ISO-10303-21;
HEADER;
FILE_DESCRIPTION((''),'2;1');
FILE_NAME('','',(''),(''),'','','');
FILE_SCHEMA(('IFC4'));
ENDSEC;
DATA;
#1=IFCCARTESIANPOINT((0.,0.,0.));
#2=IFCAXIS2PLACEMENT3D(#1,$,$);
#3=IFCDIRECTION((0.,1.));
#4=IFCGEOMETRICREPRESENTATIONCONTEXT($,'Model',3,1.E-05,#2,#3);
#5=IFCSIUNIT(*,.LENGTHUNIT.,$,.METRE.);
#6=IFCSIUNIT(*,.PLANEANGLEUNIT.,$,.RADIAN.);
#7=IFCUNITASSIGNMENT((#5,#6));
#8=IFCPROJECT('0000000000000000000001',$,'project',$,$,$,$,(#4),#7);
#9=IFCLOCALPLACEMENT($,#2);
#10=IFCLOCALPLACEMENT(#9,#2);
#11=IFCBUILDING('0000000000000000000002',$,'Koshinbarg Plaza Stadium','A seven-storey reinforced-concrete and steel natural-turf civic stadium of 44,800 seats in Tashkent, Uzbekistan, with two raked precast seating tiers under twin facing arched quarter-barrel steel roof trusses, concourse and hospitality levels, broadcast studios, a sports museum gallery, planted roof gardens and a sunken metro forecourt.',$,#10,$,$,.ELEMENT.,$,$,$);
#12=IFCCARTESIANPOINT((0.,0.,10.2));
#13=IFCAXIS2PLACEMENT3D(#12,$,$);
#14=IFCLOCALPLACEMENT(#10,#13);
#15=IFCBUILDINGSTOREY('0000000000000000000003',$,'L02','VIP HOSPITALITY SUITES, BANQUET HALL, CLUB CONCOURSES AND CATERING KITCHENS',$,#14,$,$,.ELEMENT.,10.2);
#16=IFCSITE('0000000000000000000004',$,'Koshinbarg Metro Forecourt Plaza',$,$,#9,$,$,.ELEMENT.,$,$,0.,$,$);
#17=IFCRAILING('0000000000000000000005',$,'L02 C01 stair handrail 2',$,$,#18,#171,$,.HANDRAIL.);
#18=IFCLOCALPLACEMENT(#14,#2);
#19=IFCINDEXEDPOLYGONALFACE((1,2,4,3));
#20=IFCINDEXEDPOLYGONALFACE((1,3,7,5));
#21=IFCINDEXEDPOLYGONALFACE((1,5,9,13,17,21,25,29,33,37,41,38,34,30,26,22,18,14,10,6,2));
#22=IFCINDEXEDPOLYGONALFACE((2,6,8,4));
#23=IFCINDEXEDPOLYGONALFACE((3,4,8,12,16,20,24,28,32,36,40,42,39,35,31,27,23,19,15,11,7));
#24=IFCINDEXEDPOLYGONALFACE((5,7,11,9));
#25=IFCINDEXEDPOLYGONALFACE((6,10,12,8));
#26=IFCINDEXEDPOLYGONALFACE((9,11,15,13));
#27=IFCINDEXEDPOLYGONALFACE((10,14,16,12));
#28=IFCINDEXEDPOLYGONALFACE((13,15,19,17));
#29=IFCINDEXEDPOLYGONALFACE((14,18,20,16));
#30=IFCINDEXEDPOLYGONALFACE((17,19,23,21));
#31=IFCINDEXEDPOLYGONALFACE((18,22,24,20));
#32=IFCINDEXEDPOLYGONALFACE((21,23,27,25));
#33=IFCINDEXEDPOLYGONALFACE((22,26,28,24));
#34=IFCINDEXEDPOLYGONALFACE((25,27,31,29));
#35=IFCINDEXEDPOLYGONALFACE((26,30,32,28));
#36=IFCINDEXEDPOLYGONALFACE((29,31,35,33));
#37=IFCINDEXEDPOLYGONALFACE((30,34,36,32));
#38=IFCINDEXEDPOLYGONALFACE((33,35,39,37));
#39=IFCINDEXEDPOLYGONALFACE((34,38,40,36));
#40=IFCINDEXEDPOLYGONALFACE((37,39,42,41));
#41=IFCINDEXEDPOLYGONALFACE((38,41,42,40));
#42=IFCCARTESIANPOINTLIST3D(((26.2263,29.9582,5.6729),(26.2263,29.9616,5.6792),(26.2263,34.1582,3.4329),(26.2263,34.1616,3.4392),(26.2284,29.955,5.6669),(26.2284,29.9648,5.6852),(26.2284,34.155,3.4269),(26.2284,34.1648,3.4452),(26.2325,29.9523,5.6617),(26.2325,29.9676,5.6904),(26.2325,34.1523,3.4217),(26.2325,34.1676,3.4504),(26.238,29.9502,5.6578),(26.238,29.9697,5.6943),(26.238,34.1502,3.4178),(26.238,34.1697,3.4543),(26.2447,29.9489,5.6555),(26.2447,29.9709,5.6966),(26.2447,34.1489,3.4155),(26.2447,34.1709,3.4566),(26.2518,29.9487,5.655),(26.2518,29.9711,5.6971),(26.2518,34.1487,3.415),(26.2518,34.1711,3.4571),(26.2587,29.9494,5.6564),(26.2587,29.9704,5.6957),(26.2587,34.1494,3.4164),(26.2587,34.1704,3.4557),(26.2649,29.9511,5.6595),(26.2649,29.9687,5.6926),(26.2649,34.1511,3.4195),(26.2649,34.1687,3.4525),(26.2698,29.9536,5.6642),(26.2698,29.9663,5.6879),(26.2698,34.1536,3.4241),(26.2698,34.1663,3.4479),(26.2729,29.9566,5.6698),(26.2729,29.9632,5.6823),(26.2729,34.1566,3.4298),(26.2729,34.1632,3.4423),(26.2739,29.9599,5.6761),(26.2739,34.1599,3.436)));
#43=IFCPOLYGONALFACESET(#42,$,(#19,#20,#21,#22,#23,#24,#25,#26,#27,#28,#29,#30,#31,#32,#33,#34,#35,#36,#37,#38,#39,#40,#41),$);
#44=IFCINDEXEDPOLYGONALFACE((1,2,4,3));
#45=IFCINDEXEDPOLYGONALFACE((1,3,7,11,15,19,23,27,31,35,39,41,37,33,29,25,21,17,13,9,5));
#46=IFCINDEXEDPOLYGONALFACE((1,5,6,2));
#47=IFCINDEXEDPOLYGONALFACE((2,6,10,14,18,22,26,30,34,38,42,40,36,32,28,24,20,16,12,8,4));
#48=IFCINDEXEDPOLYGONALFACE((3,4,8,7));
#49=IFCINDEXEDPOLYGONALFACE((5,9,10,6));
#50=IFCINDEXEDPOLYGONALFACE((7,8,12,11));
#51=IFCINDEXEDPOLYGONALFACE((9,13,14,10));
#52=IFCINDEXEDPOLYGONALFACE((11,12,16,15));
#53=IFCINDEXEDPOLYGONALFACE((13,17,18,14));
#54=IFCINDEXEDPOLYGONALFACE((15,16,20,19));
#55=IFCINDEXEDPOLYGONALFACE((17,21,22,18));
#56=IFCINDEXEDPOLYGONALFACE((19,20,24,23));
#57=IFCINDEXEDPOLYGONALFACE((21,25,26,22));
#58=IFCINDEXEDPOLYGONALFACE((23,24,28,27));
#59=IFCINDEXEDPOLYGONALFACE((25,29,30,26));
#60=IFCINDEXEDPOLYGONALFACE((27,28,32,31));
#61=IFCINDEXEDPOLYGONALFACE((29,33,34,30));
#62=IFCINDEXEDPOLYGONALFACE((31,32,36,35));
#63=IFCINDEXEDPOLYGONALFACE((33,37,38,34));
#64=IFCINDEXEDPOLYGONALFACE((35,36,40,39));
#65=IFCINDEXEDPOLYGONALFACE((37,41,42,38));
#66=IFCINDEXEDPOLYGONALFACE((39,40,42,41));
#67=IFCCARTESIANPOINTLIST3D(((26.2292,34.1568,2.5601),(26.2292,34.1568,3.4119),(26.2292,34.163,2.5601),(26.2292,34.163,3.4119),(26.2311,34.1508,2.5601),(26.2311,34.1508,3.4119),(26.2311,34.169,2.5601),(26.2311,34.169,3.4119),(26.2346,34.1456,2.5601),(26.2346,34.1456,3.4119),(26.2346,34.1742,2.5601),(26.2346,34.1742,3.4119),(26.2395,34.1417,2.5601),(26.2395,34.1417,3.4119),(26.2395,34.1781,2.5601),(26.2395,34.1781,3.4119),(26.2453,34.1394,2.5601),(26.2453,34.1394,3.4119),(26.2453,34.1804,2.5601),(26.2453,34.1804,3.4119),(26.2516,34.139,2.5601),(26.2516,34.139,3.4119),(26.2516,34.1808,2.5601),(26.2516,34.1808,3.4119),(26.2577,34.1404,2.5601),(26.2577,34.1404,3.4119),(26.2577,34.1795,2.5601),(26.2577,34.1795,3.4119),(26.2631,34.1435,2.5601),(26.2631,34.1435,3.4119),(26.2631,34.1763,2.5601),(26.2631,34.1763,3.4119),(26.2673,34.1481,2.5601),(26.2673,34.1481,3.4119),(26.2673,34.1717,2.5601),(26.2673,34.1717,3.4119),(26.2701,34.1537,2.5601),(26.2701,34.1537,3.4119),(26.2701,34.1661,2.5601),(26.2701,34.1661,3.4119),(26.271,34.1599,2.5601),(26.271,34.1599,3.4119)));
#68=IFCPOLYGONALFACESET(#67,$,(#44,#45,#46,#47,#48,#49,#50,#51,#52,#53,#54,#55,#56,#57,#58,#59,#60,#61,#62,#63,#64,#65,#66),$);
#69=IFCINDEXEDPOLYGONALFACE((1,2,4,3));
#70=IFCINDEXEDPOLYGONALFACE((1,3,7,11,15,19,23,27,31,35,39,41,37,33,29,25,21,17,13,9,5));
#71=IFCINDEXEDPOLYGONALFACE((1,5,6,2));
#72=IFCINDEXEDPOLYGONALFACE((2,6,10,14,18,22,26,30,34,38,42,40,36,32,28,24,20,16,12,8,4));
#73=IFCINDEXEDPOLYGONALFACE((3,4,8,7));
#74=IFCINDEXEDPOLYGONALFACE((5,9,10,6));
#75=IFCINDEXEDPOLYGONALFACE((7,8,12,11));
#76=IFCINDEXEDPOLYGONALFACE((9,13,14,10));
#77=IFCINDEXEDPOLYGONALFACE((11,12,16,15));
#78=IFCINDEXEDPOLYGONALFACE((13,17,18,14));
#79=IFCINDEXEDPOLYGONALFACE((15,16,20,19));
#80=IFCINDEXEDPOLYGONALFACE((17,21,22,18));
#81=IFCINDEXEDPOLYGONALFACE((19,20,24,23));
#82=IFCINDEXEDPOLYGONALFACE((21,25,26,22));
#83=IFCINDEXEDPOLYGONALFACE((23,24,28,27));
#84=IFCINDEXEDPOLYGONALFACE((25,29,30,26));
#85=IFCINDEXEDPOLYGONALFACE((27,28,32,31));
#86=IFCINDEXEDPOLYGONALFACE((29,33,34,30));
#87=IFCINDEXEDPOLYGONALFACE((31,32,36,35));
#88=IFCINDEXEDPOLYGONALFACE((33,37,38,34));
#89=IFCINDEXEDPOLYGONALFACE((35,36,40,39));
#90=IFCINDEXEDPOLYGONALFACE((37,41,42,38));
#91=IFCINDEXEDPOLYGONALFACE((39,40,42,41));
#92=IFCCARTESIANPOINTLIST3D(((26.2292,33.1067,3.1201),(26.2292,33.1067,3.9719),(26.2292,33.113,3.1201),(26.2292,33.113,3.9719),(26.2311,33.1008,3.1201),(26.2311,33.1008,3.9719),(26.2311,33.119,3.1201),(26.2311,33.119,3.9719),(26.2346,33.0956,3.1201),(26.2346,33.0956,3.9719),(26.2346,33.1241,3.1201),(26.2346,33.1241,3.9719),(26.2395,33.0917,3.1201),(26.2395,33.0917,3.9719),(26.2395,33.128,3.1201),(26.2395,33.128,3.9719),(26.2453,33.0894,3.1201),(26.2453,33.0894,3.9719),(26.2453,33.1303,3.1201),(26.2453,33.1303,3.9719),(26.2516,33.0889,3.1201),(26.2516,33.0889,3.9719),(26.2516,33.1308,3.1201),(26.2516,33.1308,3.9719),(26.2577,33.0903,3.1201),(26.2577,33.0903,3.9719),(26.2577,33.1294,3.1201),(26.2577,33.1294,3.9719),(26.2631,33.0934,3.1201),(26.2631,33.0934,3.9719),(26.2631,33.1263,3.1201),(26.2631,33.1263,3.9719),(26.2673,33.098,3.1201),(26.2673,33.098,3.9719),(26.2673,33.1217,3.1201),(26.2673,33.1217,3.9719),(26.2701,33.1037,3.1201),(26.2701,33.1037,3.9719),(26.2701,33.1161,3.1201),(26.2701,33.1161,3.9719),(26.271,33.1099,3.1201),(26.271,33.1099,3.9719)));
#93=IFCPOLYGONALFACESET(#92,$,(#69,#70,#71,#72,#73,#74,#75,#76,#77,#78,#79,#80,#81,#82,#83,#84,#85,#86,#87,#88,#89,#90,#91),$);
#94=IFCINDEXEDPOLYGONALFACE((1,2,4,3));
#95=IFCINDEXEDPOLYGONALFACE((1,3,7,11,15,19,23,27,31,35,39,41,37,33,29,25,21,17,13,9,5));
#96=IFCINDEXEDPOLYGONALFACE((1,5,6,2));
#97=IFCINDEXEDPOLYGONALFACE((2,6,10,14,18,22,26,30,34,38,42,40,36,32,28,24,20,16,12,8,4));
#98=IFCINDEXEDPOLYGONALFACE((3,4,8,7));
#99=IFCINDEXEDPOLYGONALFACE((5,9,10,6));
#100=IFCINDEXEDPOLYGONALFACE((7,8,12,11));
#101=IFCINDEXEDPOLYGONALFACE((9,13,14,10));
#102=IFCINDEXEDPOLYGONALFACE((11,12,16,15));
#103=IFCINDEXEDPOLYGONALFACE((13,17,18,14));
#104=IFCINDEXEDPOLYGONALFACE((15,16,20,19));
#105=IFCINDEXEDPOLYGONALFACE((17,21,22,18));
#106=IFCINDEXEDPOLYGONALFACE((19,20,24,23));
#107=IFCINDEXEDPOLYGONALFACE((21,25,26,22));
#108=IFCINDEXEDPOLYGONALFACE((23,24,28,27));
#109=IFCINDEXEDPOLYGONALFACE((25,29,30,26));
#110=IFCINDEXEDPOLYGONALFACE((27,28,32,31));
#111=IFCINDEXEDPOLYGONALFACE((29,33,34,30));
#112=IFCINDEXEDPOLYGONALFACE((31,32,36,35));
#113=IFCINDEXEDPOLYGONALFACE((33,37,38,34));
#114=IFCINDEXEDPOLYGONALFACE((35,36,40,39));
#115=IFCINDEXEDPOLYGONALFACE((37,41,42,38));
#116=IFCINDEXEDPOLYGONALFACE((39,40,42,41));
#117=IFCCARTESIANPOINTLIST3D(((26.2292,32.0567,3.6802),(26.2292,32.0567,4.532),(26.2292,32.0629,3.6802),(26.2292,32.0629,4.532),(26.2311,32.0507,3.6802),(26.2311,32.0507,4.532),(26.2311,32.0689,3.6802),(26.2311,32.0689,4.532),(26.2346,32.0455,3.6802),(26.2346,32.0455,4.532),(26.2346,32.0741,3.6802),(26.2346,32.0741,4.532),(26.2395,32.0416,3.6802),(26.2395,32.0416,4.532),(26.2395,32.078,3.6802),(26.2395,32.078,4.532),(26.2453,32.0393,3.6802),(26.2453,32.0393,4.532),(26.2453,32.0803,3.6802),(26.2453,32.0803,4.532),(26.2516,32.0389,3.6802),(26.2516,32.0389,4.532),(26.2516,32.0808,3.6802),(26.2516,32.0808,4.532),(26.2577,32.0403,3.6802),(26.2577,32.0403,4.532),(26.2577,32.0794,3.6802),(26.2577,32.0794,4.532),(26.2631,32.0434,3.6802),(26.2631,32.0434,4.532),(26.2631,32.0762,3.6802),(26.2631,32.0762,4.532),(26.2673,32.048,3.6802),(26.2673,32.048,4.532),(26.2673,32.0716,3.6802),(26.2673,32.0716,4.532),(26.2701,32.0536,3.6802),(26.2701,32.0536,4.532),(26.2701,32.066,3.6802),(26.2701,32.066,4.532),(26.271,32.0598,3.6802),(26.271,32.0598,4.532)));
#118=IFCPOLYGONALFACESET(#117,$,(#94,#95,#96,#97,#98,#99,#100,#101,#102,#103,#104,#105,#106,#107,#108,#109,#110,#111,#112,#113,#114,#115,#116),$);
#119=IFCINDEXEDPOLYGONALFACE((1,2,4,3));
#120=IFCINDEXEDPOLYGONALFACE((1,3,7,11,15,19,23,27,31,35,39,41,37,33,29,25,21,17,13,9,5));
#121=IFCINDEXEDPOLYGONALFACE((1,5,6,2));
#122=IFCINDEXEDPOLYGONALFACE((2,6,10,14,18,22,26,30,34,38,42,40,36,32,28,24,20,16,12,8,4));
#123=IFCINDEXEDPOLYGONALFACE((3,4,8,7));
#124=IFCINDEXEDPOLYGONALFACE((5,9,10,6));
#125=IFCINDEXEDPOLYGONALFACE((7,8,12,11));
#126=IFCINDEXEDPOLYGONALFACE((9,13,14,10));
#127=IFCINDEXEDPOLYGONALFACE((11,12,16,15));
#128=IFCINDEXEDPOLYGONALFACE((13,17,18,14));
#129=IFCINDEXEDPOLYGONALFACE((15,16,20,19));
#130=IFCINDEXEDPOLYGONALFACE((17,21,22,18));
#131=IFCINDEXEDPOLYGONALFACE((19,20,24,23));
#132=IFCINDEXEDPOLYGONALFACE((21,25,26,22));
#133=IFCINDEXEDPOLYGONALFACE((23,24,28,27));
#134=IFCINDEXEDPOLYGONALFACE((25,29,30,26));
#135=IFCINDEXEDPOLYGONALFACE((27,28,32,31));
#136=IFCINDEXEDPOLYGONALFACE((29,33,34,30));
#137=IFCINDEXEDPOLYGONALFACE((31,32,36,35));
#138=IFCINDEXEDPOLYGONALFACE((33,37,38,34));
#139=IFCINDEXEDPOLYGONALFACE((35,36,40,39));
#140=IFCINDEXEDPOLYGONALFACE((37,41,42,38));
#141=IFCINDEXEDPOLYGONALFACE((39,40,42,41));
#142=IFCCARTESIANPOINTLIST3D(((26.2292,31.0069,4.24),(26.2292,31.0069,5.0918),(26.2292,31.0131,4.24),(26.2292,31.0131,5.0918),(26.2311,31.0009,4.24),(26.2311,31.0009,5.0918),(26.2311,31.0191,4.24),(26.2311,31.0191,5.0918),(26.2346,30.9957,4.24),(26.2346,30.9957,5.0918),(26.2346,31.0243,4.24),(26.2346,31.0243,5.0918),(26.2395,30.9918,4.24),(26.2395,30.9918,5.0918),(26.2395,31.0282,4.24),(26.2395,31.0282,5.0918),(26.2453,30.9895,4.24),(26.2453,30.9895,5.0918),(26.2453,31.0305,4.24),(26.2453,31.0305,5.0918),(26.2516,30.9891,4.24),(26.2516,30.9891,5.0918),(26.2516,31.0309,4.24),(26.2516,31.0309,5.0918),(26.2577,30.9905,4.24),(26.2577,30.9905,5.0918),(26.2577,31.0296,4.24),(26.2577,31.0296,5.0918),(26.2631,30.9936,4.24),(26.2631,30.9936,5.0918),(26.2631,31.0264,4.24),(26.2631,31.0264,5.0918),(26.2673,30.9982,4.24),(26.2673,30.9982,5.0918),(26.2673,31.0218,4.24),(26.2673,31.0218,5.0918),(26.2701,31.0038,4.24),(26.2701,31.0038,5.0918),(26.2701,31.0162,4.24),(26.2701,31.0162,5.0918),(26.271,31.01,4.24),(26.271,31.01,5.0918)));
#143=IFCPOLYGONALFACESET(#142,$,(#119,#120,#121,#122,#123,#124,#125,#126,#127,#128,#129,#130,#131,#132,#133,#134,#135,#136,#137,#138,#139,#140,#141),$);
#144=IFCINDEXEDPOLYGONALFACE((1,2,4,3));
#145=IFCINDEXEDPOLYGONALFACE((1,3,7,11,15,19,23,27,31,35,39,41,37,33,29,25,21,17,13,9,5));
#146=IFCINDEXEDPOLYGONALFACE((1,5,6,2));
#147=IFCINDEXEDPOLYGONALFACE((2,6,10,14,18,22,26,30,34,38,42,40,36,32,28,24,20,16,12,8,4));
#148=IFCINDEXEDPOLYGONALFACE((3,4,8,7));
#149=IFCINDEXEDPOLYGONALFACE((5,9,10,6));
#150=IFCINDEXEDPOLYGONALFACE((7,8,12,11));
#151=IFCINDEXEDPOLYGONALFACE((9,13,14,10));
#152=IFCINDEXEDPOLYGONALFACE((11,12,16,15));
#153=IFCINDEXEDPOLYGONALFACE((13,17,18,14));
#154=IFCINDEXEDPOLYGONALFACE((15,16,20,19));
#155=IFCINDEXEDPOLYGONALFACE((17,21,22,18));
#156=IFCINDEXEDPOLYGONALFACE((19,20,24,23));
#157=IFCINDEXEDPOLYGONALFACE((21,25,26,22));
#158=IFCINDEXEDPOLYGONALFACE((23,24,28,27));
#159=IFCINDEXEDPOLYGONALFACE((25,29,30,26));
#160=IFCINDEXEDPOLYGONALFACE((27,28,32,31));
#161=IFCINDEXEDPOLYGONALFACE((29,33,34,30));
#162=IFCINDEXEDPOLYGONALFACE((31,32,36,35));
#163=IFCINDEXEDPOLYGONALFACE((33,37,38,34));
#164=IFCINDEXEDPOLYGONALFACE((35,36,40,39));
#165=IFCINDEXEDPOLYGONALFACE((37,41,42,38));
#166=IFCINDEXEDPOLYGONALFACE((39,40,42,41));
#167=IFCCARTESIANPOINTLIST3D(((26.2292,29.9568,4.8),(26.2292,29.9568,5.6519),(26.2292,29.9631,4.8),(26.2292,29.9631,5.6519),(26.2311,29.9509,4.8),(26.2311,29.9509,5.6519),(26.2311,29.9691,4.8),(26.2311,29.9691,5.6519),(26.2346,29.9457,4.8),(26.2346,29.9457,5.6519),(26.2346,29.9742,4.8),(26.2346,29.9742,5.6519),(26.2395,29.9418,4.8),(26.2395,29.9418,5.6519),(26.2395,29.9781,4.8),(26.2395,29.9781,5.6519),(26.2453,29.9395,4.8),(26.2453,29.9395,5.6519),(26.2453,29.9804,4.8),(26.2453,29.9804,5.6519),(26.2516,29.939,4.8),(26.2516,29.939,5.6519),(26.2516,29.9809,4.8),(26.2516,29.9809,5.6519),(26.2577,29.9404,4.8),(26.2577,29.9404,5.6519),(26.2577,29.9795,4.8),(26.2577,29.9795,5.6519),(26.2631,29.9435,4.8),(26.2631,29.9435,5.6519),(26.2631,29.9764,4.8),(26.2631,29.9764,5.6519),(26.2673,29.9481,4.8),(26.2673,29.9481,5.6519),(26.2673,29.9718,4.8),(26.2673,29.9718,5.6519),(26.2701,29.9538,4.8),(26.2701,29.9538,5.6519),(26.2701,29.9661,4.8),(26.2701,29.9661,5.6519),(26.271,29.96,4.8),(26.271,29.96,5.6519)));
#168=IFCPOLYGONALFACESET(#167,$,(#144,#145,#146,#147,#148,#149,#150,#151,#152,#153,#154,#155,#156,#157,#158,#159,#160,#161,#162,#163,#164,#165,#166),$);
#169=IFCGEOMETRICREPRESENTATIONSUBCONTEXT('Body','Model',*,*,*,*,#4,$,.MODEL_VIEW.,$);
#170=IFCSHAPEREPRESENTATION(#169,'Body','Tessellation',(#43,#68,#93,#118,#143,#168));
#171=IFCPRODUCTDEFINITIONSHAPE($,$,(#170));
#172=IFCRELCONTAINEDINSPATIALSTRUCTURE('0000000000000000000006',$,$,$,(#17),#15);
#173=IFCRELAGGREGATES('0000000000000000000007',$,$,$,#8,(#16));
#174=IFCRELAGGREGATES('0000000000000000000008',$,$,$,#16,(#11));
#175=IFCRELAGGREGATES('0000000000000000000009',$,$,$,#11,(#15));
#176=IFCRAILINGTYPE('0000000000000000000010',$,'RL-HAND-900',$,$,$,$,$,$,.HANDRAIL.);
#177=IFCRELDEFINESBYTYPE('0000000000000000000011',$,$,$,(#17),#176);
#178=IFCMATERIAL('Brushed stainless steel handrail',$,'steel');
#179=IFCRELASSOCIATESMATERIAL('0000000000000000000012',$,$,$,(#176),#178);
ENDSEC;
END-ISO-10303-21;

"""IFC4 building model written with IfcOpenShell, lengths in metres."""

from ifc_helpers import new_model, si_unit, direction, frame, origin, origin_2d, place, context, subcontext, project, spatial, circle, extrude, material, type_object, element, save


model = new_model("IFC4")

# Units and contexts
model_context = context("Model", 3, precision=1e-05, world=origin(), true_north=direction((0.0, 1.0)))
body_context = subcontext(model_context, "Body", "Model", "MODEL_VIEW")
ifc_project = project(units=[si_unit("LENGTHUNIT", "METRE"), si_unit("PLANEANGLEUNIT", "RADIAN")], contexts=[model_context])

# Site, building, storey
site_placement = place(None, origin())
site = spatial("IfcSite", under=ifc_project, at=site_placement, Name="Koshinbarg Metro Forecourt Plaza", CompositionType="ELEMENT", RefElevation=0.0)
building_placement = place(site_placement, origin())
building = spatial("IfcBuilding", under=site, at=building_placement, Name="Koshinbarg Plaza Stadium", Description="A seven-storey reinforced-concrete and steel natural-turf civic stadium of 44,800 seats in Tashkent, Uzbekistan, with two raked precast seating tiers under twin facing arched quarter-barrel steel roof trusses, concourse and hospitality levels, broadcast studios, a sports museum gallery, planted roof gardens and a sunken metro forecourt.", CompositionType="ELEMENT")
storey_placement = place(building_placement, frame((0.0, 0.0, 10.2)))
storey = spatial("IfcBuildingStorey", under=building, at=storey_placement, Name="L02", Description="VIP HOSPITALITY SUITES, BANQUET HALL, CLUB CONCOURSES AND CATERING KITCHENS", CompositionType="ELEMENT", Elevation=10.2)

# Railing
ifc_material_1 = material(Name="Brushed stainless steel handrail", Category="steel")
railing_type_1 = type_object("IfcRailingType", Name="RL-HAND-900", PredefinedType="HANDRAIL", material=ifc_material_1)
railing_1_placement = place(storey_placement, frame((26.25, 34.1599, 2.5601)))
element("IfcRailing", 1, at=railing_1_placement, inside=storey, type_object=railing_type_1, Name="L02 C01 stair handrail 2", PredefinedType="HANDRAIL", context=body_context, shape_type="SweptSolid", body=[
    extrude(circle(Radius=0.0239, at=origin_2d()), frame((0.0, 0.0, 0.876), z_axis=(0.0, -0.882352, 0.470591), x_axis=(1.0, 0.0, 0.0)), (0.0, 0.0, 1.0), 4.76),
    extrude(circle(Radius=0.021, at=origin_2d()), origin(), (0.0, 0.0, 1.0), 0.8518),
    extrude(circle(Radius=0.021, at=origin_2d()), frame((0.0, -1.05, 0.5601)), (0.0, 0.0, 1.0), 0.8518),
    extrude(circle(Radius=0.021, at=origin_2d()), frame((0.0, -2.1001, 1.1201)), (0.0, 0.0, 1.0), 0.8518),
    extrude(circle(Radius=0.021, at=origin_2d()), frame((0.0, -3.1499, 1.6799)), (0.0, 0.0, 1.0), 0.8518),
    extrude(circle(Radius=0.021, at=origin_2d()), frame((0.0, -4.2, 2.24)), (0.0, 0.0, 1.0), 0.8518),
])

save(model, "model.ifc")
